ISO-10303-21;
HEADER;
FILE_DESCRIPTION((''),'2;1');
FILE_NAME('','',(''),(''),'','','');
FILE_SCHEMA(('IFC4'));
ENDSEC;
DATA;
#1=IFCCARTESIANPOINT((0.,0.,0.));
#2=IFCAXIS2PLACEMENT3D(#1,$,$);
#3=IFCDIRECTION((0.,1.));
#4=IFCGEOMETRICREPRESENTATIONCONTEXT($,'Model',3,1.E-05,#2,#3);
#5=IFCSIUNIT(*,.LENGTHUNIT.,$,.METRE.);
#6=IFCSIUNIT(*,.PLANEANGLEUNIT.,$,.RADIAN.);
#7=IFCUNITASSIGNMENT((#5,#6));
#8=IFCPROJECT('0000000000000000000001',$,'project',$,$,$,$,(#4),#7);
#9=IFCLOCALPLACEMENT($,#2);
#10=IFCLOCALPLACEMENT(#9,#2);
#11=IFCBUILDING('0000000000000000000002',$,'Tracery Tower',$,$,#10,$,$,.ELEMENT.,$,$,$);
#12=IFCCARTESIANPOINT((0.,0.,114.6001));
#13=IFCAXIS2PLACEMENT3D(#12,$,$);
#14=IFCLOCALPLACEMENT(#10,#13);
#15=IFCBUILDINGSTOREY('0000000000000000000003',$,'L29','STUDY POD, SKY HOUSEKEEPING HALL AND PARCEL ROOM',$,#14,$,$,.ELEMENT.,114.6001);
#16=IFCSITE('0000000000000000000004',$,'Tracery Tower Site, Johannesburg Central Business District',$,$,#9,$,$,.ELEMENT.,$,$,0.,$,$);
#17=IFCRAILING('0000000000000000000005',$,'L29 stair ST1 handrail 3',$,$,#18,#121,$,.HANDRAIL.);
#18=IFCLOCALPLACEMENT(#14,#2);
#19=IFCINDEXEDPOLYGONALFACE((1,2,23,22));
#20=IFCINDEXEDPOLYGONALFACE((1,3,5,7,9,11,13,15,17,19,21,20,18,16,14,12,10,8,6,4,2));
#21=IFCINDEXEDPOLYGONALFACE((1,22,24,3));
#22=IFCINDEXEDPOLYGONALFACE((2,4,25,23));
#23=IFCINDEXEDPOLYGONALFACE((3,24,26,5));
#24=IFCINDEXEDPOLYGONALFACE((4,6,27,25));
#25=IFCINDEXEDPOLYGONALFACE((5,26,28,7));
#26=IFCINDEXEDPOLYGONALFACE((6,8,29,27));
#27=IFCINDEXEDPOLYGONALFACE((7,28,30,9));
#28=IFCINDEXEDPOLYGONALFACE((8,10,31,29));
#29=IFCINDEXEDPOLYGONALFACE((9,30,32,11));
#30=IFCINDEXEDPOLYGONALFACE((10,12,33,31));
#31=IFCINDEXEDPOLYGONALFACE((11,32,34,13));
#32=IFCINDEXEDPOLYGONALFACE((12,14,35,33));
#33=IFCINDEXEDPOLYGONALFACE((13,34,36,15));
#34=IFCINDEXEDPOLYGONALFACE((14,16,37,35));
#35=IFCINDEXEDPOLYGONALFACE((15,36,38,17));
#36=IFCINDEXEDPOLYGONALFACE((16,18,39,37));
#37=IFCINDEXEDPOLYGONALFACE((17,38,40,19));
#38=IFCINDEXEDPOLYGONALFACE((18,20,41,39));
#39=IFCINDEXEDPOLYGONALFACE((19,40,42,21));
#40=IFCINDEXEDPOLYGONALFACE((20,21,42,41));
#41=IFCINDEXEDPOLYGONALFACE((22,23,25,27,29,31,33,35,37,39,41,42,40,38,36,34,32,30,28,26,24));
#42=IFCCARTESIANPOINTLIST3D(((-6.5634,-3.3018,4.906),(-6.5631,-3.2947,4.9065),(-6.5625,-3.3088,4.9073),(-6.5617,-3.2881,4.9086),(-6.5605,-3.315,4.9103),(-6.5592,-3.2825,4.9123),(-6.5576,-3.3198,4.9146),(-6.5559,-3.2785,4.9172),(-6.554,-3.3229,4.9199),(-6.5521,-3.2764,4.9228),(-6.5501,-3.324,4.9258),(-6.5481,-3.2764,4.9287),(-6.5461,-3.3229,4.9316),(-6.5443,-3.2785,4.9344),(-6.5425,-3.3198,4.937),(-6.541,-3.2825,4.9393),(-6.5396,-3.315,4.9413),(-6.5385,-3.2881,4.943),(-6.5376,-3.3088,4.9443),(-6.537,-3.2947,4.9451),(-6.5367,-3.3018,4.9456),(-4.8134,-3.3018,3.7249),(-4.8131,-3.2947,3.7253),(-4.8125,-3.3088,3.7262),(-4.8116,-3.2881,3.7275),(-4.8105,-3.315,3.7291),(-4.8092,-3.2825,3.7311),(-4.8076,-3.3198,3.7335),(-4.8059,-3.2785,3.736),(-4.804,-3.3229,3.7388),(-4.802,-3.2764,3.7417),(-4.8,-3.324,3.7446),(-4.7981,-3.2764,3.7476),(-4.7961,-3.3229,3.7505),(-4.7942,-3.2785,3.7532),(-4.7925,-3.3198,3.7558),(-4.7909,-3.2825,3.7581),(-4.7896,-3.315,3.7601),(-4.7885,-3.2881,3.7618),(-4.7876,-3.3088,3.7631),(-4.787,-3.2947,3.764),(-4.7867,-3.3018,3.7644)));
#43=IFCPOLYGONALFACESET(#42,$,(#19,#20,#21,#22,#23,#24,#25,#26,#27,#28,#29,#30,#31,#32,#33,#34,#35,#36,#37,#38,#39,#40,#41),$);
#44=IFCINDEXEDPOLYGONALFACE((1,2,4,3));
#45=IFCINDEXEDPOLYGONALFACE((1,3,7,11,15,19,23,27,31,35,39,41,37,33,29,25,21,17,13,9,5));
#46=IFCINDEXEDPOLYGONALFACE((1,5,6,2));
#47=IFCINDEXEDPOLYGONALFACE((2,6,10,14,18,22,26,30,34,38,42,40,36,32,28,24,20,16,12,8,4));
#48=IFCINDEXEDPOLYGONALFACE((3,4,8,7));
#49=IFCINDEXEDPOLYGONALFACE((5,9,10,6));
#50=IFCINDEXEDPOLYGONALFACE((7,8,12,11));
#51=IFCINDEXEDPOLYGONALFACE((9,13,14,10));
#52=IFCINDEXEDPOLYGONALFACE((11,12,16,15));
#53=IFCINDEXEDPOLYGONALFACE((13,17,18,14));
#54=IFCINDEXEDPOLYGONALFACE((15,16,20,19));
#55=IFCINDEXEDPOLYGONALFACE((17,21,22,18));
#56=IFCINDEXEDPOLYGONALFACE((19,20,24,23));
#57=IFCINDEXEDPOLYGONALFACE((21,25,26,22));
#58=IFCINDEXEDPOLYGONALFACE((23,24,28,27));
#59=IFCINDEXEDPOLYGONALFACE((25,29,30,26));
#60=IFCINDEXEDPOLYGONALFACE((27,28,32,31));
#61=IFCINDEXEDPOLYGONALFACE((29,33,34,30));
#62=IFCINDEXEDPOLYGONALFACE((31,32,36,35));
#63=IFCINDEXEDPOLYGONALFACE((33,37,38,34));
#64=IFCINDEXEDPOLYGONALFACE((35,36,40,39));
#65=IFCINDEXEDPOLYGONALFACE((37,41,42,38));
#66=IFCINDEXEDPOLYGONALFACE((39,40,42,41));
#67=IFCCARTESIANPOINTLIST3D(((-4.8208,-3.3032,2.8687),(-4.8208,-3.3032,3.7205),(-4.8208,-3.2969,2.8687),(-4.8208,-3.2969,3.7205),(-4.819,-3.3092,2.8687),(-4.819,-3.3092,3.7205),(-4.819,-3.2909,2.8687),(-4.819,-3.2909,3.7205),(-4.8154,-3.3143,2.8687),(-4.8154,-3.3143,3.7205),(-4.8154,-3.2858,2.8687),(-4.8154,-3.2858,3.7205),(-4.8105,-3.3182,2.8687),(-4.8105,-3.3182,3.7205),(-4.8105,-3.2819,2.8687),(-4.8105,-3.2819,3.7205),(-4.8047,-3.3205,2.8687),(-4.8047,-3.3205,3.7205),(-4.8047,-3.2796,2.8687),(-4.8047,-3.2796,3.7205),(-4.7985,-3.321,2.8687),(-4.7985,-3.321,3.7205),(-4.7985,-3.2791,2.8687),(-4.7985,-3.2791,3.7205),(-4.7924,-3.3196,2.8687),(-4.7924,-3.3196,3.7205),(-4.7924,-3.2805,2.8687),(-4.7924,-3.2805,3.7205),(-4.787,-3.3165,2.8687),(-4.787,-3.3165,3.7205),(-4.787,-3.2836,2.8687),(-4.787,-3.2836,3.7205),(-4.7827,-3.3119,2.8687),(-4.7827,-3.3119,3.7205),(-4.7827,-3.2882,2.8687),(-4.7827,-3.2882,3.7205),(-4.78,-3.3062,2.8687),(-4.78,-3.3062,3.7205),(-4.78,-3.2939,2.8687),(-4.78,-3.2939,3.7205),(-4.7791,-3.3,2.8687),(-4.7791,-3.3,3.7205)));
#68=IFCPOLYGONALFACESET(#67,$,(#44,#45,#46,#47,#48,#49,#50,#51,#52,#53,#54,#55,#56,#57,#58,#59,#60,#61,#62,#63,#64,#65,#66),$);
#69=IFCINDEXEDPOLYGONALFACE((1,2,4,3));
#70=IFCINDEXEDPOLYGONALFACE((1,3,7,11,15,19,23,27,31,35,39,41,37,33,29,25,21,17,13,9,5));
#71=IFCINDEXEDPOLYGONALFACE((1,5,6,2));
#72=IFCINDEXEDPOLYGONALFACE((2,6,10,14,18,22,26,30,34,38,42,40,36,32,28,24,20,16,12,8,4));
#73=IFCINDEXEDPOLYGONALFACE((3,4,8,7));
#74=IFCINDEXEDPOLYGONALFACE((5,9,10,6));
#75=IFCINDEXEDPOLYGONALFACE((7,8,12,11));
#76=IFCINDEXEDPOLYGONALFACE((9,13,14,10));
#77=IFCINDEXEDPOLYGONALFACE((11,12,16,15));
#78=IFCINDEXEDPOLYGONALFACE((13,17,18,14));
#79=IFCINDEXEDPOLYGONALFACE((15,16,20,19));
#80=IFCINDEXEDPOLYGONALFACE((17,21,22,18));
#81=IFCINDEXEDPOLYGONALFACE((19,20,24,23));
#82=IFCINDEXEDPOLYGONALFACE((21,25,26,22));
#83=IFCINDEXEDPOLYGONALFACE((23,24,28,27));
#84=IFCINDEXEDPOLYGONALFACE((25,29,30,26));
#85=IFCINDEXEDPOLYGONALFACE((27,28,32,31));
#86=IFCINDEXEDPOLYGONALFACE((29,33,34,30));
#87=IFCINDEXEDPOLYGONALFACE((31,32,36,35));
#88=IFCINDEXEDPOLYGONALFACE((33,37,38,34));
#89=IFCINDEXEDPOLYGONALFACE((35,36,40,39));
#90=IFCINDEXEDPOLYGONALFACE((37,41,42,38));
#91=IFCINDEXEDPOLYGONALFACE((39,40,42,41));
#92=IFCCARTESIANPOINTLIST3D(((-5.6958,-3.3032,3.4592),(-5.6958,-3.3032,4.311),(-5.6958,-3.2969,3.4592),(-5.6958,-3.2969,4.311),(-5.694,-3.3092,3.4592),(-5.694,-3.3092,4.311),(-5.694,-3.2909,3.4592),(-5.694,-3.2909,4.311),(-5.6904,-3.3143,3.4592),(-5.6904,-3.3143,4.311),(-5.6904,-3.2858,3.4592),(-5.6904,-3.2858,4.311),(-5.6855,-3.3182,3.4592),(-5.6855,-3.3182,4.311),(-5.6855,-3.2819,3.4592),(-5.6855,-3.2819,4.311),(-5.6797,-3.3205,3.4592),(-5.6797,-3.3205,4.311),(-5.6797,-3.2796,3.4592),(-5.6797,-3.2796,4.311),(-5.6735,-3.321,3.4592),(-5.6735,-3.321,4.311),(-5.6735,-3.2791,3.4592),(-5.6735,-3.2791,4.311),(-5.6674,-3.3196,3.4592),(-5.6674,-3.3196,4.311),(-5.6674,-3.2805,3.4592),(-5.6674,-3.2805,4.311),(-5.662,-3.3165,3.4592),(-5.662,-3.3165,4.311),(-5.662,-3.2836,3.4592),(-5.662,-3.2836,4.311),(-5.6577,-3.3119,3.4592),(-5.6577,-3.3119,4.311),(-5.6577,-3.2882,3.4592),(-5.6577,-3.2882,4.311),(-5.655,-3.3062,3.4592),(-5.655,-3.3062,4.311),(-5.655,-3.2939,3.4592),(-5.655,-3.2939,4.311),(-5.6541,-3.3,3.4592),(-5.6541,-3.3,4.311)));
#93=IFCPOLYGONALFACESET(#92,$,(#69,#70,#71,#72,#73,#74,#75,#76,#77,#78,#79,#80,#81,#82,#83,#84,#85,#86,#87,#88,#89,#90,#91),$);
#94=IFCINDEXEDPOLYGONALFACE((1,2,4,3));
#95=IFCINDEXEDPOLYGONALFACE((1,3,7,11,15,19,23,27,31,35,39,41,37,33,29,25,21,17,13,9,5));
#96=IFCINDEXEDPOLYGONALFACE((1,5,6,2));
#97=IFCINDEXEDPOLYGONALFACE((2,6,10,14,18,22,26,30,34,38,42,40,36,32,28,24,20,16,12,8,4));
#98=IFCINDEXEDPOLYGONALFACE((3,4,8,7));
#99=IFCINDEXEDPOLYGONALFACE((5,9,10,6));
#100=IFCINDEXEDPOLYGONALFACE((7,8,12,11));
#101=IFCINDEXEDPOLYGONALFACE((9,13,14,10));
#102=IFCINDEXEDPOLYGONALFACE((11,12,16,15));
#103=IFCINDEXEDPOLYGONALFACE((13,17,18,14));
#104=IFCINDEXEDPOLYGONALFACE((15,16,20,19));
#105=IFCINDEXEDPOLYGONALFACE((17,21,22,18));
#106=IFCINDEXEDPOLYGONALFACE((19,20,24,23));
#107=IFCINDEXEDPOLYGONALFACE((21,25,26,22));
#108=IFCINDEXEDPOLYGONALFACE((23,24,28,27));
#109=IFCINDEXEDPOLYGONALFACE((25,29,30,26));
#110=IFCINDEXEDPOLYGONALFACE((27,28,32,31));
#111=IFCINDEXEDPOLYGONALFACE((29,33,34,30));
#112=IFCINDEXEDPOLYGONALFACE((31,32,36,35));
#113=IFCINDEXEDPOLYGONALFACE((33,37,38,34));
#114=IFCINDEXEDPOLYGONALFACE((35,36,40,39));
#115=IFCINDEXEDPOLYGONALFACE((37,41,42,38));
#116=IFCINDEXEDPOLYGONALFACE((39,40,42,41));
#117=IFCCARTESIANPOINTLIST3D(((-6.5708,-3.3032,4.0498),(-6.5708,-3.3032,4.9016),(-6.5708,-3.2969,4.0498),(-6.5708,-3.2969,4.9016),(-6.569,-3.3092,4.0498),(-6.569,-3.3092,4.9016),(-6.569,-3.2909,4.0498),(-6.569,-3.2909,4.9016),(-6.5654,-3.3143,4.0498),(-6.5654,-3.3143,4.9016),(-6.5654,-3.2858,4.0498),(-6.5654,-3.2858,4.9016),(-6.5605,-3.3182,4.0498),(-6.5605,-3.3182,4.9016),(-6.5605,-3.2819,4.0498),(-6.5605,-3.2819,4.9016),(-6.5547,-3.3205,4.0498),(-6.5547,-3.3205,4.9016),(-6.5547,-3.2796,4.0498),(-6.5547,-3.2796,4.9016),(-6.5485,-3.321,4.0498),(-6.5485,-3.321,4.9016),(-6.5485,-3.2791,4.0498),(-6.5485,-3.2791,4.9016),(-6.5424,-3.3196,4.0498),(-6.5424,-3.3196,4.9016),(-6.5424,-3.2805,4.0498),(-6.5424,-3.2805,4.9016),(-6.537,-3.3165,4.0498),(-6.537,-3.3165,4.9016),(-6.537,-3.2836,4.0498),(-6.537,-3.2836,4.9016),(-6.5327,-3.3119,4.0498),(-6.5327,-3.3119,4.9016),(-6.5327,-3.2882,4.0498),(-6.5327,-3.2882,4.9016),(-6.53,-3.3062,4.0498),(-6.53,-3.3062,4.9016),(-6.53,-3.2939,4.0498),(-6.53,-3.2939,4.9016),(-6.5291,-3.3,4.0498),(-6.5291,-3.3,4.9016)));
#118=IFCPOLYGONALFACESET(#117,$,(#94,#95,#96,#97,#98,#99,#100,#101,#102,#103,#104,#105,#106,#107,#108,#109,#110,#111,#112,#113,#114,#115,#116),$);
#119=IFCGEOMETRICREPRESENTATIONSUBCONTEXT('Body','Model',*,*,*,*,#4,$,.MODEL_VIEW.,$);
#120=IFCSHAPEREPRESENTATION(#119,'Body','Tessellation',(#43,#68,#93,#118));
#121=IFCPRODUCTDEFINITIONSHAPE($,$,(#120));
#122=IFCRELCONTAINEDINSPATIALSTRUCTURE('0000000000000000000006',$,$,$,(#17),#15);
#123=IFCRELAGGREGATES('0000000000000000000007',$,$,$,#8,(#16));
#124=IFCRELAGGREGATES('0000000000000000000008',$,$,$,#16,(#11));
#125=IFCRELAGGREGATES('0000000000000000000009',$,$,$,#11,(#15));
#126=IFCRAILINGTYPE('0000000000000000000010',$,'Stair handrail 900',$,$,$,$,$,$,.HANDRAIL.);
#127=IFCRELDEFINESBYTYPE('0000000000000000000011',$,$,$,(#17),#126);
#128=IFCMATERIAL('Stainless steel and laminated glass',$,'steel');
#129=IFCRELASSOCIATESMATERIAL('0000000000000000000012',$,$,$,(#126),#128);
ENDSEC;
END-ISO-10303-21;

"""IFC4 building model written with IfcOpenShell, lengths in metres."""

from ifc_helpers import new_model, si_unit, direction, frame, origin, origin_2d, place, context, subcontext, project, spatial, circle, extrude, material, type_object, element, save


model = new_model("IFC4")

# Units and contexts
model_context = context("Model", 3, precision=1e-05, world=origin(), true_north=direction((0.0, 1.0)))
body_context = subcontext(model_context, "Body", "Model", "MODEL_VIEW")
ifc_project = project(units=[si_unit("LENGTHUNIT", "METRE"), si_unit("PLANEANGLEUNIT", "RADIAN")], contexts=[model_context])

# Site, building, storey
site_placement = place(None, origin())
site = spatial("IfcSite", under=ifc_project, at=site_placement, Name="Tracery Tower Site, Johannesburg Central Business District", CompositionType="ELEMENT", RefElevation=0.0)
building_placement = place(site_placement, origin())
building = spatial("IfcBuilding", under=site, at=building_placement, Name="Tracery Tower", CompositionType="ELEMENT")
storey_placement = place(building_placement, frame((0.0, 0.0, 114.6001)))
storey = spatial("IfcBuildingStorey", under=building, at=storey_placement, Name="L29", Description="STUDY POD, SKY HOUSEKEEPING HALL AND PARCEL ROOM", CompositionType="ELEMENT", Elevation=114.6001)

# Railing
ifc_material_1 = material(Name="Stainless steel and laminated glass", Category="steel")
railing_type_1 = type_object("IfcRailingType", Name="Stair handrail 900", PredefinedType="HANDRAIL", material=ifc_material_1)
railing_1_placement = place(storey_placement, frame((-4.8, -3.3, 2.8687)))
element("IfcRailing", 1, at=railing_1_placement, inside=storey, type_object=railing_type_1, Name="L29 stair ST1 handrail 3", PredefinedType="HANDRAIL", context=body_context, shape_type="SweptSolid", body=[
    extrude(circle(Radius=0.0239, at=origin_2d()), frame((0.0, 0.0, 0.876), z_axis=(-0.82887, 0.0, 0.559441), x_axis=(0.0, -1.0, 0.0)), (0.0, 0.0, 1.0), 2.1113),
    extrude(circle(Radius=0.021, at=origin_2d()), origin(), (0.0, 0.0, 1.0), 0.8518),
    extrude(circle(Radius=0.021, at=origin_2d()), frame((-0.875, 0.0, 0.5906)), (0.0, 0.0, 1.0), 0.8518),
    extrude(circle(Radius=0.021, at=origin_2d()), frame((-1.75, 0.0, 1.1812)), (0.0, 0.0, 1.0), 0.8518),
])

save(model, "model.ifc")
